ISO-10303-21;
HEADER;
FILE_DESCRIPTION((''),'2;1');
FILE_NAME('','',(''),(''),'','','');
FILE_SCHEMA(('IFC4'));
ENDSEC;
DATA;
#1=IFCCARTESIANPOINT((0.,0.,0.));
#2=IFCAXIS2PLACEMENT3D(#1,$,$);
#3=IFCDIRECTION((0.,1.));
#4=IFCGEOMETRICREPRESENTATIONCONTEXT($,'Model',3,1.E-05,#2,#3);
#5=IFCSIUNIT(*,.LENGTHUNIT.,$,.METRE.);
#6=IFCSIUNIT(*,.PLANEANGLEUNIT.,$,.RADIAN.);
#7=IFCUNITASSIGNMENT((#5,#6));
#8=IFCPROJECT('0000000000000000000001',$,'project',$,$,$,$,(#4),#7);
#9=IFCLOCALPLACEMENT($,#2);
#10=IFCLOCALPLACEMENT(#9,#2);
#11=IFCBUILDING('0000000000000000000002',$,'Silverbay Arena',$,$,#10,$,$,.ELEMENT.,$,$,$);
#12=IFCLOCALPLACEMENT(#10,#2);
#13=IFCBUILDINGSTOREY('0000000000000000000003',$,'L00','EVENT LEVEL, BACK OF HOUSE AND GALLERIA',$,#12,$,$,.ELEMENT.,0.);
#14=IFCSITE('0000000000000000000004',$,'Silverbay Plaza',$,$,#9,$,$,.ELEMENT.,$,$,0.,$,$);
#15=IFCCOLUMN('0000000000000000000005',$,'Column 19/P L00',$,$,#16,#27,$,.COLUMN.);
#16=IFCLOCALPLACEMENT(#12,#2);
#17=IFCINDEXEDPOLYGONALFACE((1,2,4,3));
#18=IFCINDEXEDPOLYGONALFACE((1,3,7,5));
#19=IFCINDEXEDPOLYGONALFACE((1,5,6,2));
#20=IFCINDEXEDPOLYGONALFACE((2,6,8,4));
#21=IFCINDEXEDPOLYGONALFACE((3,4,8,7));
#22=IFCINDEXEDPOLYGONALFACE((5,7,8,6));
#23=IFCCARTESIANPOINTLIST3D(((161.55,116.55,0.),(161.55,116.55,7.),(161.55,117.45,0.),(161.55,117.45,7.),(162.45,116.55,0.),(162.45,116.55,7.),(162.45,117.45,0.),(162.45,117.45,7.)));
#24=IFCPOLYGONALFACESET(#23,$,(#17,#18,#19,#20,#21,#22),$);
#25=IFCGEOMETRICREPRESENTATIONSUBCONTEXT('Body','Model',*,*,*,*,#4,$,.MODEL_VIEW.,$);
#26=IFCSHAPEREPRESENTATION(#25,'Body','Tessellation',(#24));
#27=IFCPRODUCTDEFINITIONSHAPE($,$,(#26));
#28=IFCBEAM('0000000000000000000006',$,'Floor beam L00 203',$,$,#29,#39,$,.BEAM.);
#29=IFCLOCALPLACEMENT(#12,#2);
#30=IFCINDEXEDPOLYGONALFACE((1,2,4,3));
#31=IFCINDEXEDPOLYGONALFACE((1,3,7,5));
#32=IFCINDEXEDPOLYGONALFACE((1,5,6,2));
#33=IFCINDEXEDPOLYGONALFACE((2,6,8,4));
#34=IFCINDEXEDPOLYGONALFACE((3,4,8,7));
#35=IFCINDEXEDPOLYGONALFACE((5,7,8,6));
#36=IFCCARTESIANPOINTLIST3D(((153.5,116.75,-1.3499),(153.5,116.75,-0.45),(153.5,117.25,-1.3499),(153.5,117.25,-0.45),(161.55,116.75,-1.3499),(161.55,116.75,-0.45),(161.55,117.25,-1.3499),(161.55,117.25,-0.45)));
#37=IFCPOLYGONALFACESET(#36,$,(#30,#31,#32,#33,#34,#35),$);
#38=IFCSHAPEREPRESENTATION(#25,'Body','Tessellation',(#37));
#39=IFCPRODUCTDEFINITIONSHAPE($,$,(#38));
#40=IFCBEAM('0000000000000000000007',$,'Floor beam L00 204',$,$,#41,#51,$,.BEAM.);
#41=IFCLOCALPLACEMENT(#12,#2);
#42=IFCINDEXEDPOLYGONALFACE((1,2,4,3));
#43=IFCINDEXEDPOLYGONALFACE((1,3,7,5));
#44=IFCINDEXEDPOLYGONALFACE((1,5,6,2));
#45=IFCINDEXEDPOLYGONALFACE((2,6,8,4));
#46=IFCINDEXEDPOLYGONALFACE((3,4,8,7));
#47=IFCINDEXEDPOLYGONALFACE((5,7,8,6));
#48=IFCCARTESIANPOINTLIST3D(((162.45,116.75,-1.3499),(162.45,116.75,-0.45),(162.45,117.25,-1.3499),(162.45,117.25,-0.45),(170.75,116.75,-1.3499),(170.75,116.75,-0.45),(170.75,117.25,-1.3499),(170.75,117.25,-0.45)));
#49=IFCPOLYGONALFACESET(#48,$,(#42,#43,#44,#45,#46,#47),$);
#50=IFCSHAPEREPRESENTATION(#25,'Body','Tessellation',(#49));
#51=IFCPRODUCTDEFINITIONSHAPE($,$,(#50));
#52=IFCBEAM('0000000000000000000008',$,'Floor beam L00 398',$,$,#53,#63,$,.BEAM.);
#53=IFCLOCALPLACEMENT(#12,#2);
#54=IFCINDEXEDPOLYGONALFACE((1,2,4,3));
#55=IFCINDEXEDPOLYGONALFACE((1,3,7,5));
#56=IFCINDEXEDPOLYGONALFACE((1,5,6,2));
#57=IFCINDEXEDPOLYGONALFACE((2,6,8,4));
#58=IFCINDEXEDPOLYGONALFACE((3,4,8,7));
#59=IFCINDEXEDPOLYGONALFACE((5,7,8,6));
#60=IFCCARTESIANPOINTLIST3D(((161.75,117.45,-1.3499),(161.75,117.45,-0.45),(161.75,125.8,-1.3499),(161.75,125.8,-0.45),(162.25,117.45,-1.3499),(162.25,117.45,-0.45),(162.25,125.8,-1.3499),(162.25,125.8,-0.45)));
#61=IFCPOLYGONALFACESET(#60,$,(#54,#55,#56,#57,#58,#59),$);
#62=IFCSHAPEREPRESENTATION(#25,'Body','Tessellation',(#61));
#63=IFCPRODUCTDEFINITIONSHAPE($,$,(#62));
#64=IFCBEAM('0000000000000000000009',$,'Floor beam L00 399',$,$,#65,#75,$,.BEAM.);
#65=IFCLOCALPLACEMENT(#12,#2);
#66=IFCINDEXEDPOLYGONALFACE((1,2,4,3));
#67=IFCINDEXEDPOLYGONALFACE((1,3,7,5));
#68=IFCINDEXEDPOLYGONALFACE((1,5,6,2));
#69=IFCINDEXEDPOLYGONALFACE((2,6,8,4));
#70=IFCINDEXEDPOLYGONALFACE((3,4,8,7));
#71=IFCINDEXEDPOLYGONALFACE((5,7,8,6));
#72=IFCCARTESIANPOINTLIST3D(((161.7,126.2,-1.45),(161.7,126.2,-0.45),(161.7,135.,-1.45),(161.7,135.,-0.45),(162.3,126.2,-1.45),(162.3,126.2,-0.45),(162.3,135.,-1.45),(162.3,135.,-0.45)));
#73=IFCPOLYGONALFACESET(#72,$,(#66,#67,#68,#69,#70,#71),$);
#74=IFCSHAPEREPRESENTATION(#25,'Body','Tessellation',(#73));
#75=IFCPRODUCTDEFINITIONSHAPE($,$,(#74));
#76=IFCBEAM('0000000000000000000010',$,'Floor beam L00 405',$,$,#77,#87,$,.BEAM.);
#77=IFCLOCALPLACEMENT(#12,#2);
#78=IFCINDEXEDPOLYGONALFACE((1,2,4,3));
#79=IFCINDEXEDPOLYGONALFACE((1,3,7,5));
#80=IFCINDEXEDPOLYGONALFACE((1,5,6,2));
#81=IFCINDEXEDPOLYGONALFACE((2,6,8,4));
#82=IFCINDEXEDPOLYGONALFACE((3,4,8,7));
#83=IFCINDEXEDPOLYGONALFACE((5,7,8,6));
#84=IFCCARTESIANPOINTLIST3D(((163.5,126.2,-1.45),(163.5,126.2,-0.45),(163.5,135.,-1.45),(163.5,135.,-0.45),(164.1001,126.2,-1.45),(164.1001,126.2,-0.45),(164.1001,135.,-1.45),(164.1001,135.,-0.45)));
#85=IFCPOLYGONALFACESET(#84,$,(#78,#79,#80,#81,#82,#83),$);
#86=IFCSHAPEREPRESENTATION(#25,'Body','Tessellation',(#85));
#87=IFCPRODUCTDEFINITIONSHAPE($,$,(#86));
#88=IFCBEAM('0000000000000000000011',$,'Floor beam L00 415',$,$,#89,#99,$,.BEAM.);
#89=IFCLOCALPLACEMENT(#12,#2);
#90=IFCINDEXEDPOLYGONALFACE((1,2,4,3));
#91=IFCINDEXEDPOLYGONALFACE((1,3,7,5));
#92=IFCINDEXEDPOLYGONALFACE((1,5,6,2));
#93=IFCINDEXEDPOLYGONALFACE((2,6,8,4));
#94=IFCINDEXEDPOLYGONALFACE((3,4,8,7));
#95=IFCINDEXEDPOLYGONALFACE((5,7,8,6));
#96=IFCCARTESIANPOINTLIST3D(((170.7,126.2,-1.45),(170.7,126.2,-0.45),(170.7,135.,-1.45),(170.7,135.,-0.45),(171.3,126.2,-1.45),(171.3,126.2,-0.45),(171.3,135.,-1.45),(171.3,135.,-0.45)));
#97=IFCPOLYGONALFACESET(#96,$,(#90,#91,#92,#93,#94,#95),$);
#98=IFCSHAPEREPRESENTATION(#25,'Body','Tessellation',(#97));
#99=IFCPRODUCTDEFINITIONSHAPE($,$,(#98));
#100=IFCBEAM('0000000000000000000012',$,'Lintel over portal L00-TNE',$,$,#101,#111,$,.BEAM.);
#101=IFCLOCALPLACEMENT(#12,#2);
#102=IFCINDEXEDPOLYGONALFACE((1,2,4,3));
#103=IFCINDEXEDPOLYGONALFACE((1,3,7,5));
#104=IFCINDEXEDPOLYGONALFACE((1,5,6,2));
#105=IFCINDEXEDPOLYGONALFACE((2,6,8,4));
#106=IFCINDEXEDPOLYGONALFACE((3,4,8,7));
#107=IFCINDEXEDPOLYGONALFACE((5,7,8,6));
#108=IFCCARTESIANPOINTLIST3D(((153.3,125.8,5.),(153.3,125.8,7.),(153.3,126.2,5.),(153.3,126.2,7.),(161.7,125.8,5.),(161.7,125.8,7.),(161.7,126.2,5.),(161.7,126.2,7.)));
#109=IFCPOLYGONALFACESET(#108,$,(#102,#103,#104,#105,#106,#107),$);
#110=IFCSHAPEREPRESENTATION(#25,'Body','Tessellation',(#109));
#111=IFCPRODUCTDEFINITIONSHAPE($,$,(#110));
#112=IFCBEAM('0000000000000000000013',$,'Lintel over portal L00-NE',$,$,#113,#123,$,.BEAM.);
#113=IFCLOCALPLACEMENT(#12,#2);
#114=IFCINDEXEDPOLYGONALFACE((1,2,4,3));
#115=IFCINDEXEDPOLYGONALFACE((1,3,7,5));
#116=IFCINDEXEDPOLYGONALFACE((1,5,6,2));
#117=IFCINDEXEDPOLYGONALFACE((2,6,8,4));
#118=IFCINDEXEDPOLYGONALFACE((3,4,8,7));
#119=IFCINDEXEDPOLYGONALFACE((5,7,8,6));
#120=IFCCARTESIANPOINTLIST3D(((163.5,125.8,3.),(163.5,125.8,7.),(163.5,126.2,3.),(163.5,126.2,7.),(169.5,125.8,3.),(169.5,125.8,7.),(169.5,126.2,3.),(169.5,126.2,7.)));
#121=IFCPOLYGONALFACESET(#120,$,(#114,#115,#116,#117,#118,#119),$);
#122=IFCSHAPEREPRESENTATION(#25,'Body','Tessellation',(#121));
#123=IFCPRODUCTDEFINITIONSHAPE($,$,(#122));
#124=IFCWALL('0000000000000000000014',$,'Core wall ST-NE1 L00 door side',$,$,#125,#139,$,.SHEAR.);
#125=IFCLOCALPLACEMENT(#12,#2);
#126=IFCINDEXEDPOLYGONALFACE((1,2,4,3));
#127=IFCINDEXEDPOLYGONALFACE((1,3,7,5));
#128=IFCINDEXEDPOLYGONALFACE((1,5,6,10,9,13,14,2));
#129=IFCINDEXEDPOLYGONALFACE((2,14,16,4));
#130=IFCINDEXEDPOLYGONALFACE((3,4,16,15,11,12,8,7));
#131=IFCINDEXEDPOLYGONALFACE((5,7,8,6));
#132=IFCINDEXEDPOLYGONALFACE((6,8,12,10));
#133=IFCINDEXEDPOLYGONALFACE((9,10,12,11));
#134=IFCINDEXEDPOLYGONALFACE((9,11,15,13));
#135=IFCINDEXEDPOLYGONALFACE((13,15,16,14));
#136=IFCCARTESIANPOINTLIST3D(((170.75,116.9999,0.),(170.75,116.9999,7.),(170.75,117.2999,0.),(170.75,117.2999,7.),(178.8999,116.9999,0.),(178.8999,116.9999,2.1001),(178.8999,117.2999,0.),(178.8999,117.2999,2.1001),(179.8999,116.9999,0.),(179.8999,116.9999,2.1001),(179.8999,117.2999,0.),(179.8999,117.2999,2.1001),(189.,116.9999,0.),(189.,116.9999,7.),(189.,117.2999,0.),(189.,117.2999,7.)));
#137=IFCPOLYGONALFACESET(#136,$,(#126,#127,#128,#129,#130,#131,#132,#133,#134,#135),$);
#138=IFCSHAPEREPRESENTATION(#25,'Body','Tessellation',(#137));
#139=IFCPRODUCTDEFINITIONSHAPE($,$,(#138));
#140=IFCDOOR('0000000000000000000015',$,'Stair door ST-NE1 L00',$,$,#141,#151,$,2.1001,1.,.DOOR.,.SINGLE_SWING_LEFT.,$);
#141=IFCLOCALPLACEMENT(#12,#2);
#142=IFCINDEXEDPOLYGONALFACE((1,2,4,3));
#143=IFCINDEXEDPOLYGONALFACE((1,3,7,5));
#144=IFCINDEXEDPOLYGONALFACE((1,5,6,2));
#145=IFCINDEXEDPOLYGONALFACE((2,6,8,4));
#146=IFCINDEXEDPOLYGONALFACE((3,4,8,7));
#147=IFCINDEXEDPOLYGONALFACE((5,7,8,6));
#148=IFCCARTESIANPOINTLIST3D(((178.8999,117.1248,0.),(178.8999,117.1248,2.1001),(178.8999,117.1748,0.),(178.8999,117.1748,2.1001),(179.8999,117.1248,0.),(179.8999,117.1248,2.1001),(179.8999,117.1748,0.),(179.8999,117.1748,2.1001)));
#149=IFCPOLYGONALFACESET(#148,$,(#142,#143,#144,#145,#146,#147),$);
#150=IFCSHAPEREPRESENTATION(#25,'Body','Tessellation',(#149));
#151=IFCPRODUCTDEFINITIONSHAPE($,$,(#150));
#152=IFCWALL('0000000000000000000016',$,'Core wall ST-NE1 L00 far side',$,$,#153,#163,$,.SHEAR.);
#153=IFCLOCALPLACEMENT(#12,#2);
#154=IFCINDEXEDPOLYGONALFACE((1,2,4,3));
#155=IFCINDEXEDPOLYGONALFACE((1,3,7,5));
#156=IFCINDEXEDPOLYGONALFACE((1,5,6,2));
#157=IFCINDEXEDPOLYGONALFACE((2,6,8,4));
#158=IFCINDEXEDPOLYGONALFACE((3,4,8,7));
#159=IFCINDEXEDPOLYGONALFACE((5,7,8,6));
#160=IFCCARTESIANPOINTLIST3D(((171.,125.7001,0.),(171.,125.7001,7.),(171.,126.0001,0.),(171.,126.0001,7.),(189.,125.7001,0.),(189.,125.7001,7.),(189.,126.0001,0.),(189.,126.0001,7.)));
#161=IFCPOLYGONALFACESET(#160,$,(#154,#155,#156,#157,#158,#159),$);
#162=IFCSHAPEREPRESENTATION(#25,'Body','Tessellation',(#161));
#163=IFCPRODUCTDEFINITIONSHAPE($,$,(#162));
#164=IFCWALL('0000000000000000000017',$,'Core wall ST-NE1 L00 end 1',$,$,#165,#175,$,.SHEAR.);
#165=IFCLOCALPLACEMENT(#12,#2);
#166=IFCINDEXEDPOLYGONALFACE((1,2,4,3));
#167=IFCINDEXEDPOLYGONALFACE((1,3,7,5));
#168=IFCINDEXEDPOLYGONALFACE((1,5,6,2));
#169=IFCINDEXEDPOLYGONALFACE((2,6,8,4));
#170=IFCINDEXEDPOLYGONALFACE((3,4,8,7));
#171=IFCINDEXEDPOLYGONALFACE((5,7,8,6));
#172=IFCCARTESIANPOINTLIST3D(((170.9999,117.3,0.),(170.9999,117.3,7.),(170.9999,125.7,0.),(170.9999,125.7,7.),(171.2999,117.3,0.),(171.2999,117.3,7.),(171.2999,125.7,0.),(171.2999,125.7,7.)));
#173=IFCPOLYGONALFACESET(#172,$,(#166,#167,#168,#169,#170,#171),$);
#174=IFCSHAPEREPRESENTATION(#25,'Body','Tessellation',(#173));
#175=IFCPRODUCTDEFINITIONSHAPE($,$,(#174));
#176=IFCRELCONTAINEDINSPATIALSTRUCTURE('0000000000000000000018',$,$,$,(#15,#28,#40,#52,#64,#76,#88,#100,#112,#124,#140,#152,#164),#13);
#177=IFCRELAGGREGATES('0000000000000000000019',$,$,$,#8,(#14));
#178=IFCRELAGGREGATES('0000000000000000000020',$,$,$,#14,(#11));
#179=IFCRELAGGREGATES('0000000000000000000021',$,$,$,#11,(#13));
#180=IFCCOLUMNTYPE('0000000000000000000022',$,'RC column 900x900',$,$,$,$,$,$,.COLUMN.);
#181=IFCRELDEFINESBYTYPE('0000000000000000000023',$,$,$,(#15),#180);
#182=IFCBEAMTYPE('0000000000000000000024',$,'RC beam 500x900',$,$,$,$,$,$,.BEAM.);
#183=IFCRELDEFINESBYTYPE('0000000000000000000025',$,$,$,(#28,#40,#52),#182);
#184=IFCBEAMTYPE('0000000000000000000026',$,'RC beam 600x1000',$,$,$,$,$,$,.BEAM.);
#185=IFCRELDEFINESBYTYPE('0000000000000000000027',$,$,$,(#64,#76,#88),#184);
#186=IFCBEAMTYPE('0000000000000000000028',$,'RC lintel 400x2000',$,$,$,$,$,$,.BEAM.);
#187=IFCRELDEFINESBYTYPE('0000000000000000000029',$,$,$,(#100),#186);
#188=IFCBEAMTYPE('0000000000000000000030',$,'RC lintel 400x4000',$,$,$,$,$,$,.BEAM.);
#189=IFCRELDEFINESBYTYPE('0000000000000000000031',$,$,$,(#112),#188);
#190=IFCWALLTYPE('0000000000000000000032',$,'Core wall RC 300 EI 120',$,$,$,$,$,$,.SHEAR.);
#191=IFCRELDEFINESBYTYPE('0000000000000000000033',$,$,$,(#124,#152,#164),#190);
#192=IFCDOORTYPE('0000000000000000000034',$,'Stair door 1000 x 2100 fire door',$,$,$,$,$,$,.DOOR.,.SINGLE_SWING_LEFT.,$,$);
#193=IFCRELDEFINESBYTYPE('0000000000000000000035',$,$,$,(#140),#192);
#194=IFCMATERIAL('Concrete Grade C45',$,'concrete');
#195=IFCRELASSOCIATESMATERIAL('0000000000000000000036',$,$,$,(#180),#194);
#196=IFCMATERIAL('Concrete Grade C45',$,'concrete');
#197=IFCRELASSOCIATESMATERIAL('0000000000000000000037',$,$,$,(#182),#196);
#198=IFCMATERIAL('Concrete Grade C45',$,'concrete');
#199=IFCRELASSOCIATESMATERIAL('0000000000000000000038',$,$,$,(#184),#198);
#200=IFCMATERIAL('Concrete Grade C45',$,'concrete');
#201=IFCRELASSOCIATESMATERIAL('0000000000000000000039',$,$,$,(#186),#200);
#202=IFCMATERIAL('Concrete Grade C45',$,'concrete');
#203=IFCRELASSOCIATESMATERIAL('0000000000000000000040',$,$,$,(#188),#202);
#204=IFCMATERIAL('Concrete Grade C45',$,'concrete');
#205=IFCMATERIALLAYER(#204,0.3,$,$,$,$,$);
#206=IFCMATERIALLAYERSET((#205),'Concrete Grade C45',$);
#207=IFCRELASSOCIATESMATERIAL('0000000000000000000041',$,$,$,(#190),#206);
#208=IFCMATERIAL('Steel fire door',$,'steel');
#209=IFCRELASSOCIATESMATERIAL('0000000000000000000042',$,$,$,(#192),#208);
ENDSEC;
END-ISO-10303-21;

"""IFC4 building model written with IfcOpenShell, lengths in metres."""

from ifc_helpers import new_model, si_unit, direction, frame, frame_2d, origin, origin_2d, place, context, subcontext, project, spatial, rectangle, extrude, material, layer, layer_set, material_profile, profile_set, type_object, element, fill, save


model = new_model("IFC4")

# Units and contexts
model_context = context("Model", 3, precision=1e-05, world=origin(), true_north=direction((0.0, 1.0)))
body_context = subcontext(model_context, "Body", "Model", "MODEL_VIEW")
ifc_project = project(units=[si_unit("LENGTHUNIT", "METRE"), si_unit("PLANEANGLEUNIT", "RADIAN")], contexts=[model_context])

# Site, building, storey
site_placement = place(None, origin())
site = spatial("IfcSite", under=ifc_project, at=site_placement, Name="Silverbay Plaza", CompositionType="ELEMENT", RefElevation=0.0)
building_placement = place(site_placement, origin())
building = spatial("IfcBuilding", under=site, at=building_placement, Name="Silverbay Arena", CompositionType="ELEMENT")
storey_placement = place(building_placement, origin())
storey = spatial("IfcBuildingStorey", under=building, at=storey_placement, Name="L00", Description="EVENT LEVEL, BACK OF HOUSE AND GALLERIA", CompositionType="ELEMENT", Elevation=0.0)

# Column
ifc_material_1 = material(Name="Concrete Grade C45", Category="concrete")
ifc_material_profile_1 = material_profile(ifc_material_1, rectangle(XDim=0.8999, YDim=0.8999, at=origin_2d()), Name="RC 900x900")
ifc_profile_set_1 = profile_set([ifc_material_profile_1], Name="Concrete Grade C45")
column_type = type_object("IfcColumnType", Name="RC column 900x900", PredefinedType="COLUMN", material=ifc_profile_set_1)
column_placement = place(storey_placement, frame((162.0, 117.0, 0.0), z_axis=(0.0, 0.0, 1.0), x_axis=(1.0, 0.0, 0.0)))
element("IfcColumn", 1, at=column_placement, inside=storey, type_object=column_type, Name="Column 19/P L00", PredefinedType="COLUMN", context=body_context, shape_type="SweptSolid", body=[
    extrude(rectangle(XDim=0.8999, YDim=0.8999, at=origin_2d()), origin(), (0.0, 0.0, 1.0), 7.0),
])

# Beams
ifc_material_2 = material(Name="Concrete Grade C45", Category="concrete")
ifc_material_profile_2 = material_profile(ifc_material_2, rectangle(XDim=0.5, YDim=0.8999, at=origin_2d()), Name="RC 500x900")
ifc_profile_set_2 = profile_set([ifc_material_profile_2], Name="Concrete Grade C45")
beam_type_1 = type_object("IfcBeamType", Name="RC beam 500x900", PredefinedType="BEAM", material=ifc_profile_set_2)
beam_1_placement = place(storey_placement, frame((153.5, 117.0, -0.8999), z_axis=(1.0, 0.0, 0.0), x_axis=(0.0, 1.0, 0.0)))
element("IfcBeam", 2, at=beam_1_placement, inside=storey, type_object=beam_type_1, Name="Floor beam L00 203", PredefinedType="BEAM", context=body_context, shape_type="SweptSolid", body=[
    extrude(rectangle(XDim=0.5, YDim=0.8999, at=origin_2d()), origin(), (0.0, 0.0, 1.0), 8.05),
])
beam_2_placement = place(storey_placement, frame((162.45, 117.0, -0.8999), z_axis=(1.0, 0.0, 0.0), x_axis=(0.0, 1.0, 0.0)))
element("IfcBeam", 3, at=beam_2_placement, inside=storey, type_object=beam_type_1, Name="Floor beam L00 204", PredefinedType="BEAM", context=body_context, shape_type="SweptSolid", body=[
    extrude(rectangle(XDim=0.5, YDim=0.8999, at=origin_2d()), origin(), (0.0, 0.0, 1.0), 8.3),
])
beam_3_placement = place(storey_placement, frame((162.0, 117.45, -0.8999), z_axis=(0.0, 1.0, 0.0), x_axis=(-1.0, 0.0, 0.0)))
element("IfcBeam", 4, at=beam_3_placement, inside=storey, type_object=beam_type_1, Name="Floor beam L00 398", PredefinedType="BEAM", context=body_context, shape_type="SweptSolid", body=[
    extrude(rectangle(XDim=0.5, YDim=0.8999, at=origin_2d()), origin(), (0.0, 0.0, 1.0), 8.3501),
])
ifc_material_3 = material(Name="Concrete Grade C45", Category="concrete")
ifc_material_profile_3 = material_profile(ifc_material_3, rectangle(XDim=0.6001, YDim=1.0, at=origin_2d()), Name="RC 600x1000")
ifc_profile_set_3 = profile_set([ifc_material_profile_3], Name="Concrete Grade C45")
beam_type_2 = type_object("IfcBeamType", Name="RC beam 600x1000", PredefinedType="BEAM", material=ifc_profile_set_3)
for number, where, z_axis, x_axis, name in (
    (5, (162.0, 126.2, -0.95), (0.0, 1.0, 0.0), (-1.0, 0.0, 0.0), "Floor beam L00 399"),
    (6, (163.8, 126.2, -0.95), (0.0, 1.0, 0.0), (-1.0, 0.0, 0.0), "Floor beam L00 405"),
    (7, (171.0, 126.2, -0.95), (0.0, 1.0, 0.0), (-1.0, 0.0, 0.0), "Floor beam L00 415"),
):
    element("IfcBeam", number, at=place(storey_placement, frame(where, z_axis=z_axis, x_axis=x_axis)), inside=storey, type_object=beam_type_2, Name=name, PredefinedType="BEAM", context=body_context, shape_type="SweptSolid", body=[
        extrude(rectangle(XDim=0.6001, YDim=1.0, at=origin_2d()), origin(), (0.0, 0.0, 1.0), 8.8),
    ])
ifc_material_4 = material(Name="Concrete Grade C45", Category="concrete")
ifc_material_profile_4 = material_profile(ifc_material_4, rectangle(XDim=0.3999, YDim=2.0, at=origin_2d()), Name="RC 400x2000")
ifc_profile_set_4 = profile_set([ifc_material_profile_4], Name="Concrete Grade C45")
beam_type_3 = type_object("IfcBeamType", Name="RC lintel 400x2000", PredefinedType="BEAM", material=ifc_profile_set_4)
beam_4_placement = place(storey_placement, frame((153.3, 126.0, 6.0), z_axis=(1.0, 0.0, 0.0), x_axis=(0.0, 1.0, 0.0)))
element("IfcBeam", 8, at=beam_4_placement, inside=storey, type_object=beam_type_3, Name="Lintel over portal L00-TNE", PredefinedType="BEAM", context=body_context, shape_type="SweptSolid", body=[
    extrude(rectangle(XDim=0.3999, YDim=2.0, at=origin_2d()), origin(), (0.0, 0.0, 1.0), 8.3999),
])
ifc_material_5 = material(Name="Concrete Grade C45", Category="concrete")
ifc_material_profile_5 = material_profile(ifc_material_5, rectangle(XDim=0.3999, YDim=4.0, at=origin_2d()), Name="RC 400x4000")
ifc_profile_set_5 = profile_set([ifc_material_profile_5], Name="Concrete Grade C45")
beam_type_4 = type_object("IfcBeamType", Name="RC lintel 400x4000", PredefinedType="BEAM", material=ifc_profile_set_5)
beam_5_placement = place(storey_placement, frame((163.5, 126.0, 5.0), z_axis=(1.0, 0.0, 0.0), x_axis=(0.0, 1.0, 0.0)))
element("IfcBeam", 9, at=beam_5_placement, inside=storey, type_object=beam_type_4, Name="Lintel over portal L00-NE", PredefinedType="BEAM", context=body_context, shape_type="SweptSolid", body=[
    extrude(rectangle(XDim=0.3999, YDim=4.0, at=origin_2d()), origin(), (0.0, 0.0, 1.0), 6.0),
])

# Wall, opening, door
ifc_material_6 = material(Name="Concrete Grade C45", Category="concrete")
ifc_layer_1 = layer(ifc_material_6, 0.3)
ifc_layer_set_1 = layer_set([ifc_layer_1], Name="Concrete Grade C45")
wall_type_1 = type_object("IfcWallType", Name="Core wall RC 300 EI 120", PredefinedType="SHEAR", material=ifc_layer_set_1)
wall_1_placement = place(storey_placement, frame((170.75, 117.1499, 0.0), z_axis=(0.0, 0.0, 1.0), x_axis=(1.0, 0.0, 0.0)))
wall_1 = element("IfcWall", 10, at=wall_1_placement, inside=storey, type_object=wall_type_1, Name="Core wall ST-NE1 L00 door side", PredefinedType="SHEAR", context=body_context, shape_type="SweptSolid", body=[
    extrude(rectangle(XDim=18.25, YDim=0.3, at=frame_2d((9.125, 0.0))), origin(), (0.0, 0.0, 1.0), 7.0),
])
opening_1_placement = place(wall_1_placement, frame((8.1499, 0.0, 0.0)))
opening_1 = element("IfcOpeningElement", 11, at=opening_1_placement, cuts=wall_1, PredefinedType="OPENING", context=body_context, shape_type="SweptSolid", body=[
    extrude(rectangle(XDim=1.0, YDim=2.1001, at=frame_2d((0.5, 1.05))), frame((0.0, 0.1602, 0.0), z_axis=(0.0, -1.0, 0.0), x_axis=(1.0, 0.0, 0.0)), (0.0, 0.0, 1.0), 0.3201),
])
ifc_material_7 = material(Name="Steel fire door", Category="steel")
door_type_1 = type_object("IfcDoorType", Name="Stair door 1000 x 2100 fire door", OperationType="SINGLE_SWING_LEFT", PredefinedType="DOOR", material=ifc_material_7)
door_1_placement = place(opening_1_placement, origin())
door_1 = element("IfcDoor", 12, at=door_1_placement, inside=storey, type_object=door_type_1, Name="Stair door ST-NE1 L00", OperationType="SINGLE_SWING_LEFT", OverallHeight=2.1001, OverallWidth=1.0, PredefinedType="DOOR", context=body_context, shape_type="SweptSolid", body=[
    extrude(rectangle(XDim=1.0, YDim=2.1001, at=frame_2d((0.5, 1.05))), frame((0.0, 0.0249, 0.0), z_axis=(0.0, -1.0, 0.0), x_axis=(1.0, 0.0, 0.0)), (0.0, 0.0, 1.0), 0.05),
])
fill(opening_1, door_1)

# Walls
wall_2_placement = place(storey_placement, frame((171.0, 125.8501, 0.0), z_axis=(0.0, 0.0, 1.0), x_axis=(1.0, 0.0, 0.0)))
element("IfcWall", 13, at=wall_2_placement, inside=storey, type_object=wall_type_1, Name="Core wall ST-NE1 L00 far side", PredefinedType="SHEAR", context=body_context, shape_type="SweptSolid", body=[
    extrude(rectangle(XDim=18.0, YDim=0.3, at=frame_2d((9.0, 0.0))), origin(), (0.0, 0.0, 1.0), 7.0),
])
wall_3_placement = place(storey_placement, frame((171.1499, 117.3, 0.0), z_axis=(0.0, 0.0, 1.0), x_axis=(0.0, 1.0, 0.0)))
element("IfcWall", 14, at=wall_3_placement, inside=storey, type_object=wall_type_1, Name="Core wall ST-NE1 L00 end 1", PredefinedType="SHEAR", context=body_context, shape_type="SweptSolid", body=[
    extrude(rectangle(XDim=8.3999, YDim=0.3, at=frame_2d((4.2, 0.0))), origin(), (0.0, 0.0, 1.0), 7.0),
])

save(model, "model.ifc")
